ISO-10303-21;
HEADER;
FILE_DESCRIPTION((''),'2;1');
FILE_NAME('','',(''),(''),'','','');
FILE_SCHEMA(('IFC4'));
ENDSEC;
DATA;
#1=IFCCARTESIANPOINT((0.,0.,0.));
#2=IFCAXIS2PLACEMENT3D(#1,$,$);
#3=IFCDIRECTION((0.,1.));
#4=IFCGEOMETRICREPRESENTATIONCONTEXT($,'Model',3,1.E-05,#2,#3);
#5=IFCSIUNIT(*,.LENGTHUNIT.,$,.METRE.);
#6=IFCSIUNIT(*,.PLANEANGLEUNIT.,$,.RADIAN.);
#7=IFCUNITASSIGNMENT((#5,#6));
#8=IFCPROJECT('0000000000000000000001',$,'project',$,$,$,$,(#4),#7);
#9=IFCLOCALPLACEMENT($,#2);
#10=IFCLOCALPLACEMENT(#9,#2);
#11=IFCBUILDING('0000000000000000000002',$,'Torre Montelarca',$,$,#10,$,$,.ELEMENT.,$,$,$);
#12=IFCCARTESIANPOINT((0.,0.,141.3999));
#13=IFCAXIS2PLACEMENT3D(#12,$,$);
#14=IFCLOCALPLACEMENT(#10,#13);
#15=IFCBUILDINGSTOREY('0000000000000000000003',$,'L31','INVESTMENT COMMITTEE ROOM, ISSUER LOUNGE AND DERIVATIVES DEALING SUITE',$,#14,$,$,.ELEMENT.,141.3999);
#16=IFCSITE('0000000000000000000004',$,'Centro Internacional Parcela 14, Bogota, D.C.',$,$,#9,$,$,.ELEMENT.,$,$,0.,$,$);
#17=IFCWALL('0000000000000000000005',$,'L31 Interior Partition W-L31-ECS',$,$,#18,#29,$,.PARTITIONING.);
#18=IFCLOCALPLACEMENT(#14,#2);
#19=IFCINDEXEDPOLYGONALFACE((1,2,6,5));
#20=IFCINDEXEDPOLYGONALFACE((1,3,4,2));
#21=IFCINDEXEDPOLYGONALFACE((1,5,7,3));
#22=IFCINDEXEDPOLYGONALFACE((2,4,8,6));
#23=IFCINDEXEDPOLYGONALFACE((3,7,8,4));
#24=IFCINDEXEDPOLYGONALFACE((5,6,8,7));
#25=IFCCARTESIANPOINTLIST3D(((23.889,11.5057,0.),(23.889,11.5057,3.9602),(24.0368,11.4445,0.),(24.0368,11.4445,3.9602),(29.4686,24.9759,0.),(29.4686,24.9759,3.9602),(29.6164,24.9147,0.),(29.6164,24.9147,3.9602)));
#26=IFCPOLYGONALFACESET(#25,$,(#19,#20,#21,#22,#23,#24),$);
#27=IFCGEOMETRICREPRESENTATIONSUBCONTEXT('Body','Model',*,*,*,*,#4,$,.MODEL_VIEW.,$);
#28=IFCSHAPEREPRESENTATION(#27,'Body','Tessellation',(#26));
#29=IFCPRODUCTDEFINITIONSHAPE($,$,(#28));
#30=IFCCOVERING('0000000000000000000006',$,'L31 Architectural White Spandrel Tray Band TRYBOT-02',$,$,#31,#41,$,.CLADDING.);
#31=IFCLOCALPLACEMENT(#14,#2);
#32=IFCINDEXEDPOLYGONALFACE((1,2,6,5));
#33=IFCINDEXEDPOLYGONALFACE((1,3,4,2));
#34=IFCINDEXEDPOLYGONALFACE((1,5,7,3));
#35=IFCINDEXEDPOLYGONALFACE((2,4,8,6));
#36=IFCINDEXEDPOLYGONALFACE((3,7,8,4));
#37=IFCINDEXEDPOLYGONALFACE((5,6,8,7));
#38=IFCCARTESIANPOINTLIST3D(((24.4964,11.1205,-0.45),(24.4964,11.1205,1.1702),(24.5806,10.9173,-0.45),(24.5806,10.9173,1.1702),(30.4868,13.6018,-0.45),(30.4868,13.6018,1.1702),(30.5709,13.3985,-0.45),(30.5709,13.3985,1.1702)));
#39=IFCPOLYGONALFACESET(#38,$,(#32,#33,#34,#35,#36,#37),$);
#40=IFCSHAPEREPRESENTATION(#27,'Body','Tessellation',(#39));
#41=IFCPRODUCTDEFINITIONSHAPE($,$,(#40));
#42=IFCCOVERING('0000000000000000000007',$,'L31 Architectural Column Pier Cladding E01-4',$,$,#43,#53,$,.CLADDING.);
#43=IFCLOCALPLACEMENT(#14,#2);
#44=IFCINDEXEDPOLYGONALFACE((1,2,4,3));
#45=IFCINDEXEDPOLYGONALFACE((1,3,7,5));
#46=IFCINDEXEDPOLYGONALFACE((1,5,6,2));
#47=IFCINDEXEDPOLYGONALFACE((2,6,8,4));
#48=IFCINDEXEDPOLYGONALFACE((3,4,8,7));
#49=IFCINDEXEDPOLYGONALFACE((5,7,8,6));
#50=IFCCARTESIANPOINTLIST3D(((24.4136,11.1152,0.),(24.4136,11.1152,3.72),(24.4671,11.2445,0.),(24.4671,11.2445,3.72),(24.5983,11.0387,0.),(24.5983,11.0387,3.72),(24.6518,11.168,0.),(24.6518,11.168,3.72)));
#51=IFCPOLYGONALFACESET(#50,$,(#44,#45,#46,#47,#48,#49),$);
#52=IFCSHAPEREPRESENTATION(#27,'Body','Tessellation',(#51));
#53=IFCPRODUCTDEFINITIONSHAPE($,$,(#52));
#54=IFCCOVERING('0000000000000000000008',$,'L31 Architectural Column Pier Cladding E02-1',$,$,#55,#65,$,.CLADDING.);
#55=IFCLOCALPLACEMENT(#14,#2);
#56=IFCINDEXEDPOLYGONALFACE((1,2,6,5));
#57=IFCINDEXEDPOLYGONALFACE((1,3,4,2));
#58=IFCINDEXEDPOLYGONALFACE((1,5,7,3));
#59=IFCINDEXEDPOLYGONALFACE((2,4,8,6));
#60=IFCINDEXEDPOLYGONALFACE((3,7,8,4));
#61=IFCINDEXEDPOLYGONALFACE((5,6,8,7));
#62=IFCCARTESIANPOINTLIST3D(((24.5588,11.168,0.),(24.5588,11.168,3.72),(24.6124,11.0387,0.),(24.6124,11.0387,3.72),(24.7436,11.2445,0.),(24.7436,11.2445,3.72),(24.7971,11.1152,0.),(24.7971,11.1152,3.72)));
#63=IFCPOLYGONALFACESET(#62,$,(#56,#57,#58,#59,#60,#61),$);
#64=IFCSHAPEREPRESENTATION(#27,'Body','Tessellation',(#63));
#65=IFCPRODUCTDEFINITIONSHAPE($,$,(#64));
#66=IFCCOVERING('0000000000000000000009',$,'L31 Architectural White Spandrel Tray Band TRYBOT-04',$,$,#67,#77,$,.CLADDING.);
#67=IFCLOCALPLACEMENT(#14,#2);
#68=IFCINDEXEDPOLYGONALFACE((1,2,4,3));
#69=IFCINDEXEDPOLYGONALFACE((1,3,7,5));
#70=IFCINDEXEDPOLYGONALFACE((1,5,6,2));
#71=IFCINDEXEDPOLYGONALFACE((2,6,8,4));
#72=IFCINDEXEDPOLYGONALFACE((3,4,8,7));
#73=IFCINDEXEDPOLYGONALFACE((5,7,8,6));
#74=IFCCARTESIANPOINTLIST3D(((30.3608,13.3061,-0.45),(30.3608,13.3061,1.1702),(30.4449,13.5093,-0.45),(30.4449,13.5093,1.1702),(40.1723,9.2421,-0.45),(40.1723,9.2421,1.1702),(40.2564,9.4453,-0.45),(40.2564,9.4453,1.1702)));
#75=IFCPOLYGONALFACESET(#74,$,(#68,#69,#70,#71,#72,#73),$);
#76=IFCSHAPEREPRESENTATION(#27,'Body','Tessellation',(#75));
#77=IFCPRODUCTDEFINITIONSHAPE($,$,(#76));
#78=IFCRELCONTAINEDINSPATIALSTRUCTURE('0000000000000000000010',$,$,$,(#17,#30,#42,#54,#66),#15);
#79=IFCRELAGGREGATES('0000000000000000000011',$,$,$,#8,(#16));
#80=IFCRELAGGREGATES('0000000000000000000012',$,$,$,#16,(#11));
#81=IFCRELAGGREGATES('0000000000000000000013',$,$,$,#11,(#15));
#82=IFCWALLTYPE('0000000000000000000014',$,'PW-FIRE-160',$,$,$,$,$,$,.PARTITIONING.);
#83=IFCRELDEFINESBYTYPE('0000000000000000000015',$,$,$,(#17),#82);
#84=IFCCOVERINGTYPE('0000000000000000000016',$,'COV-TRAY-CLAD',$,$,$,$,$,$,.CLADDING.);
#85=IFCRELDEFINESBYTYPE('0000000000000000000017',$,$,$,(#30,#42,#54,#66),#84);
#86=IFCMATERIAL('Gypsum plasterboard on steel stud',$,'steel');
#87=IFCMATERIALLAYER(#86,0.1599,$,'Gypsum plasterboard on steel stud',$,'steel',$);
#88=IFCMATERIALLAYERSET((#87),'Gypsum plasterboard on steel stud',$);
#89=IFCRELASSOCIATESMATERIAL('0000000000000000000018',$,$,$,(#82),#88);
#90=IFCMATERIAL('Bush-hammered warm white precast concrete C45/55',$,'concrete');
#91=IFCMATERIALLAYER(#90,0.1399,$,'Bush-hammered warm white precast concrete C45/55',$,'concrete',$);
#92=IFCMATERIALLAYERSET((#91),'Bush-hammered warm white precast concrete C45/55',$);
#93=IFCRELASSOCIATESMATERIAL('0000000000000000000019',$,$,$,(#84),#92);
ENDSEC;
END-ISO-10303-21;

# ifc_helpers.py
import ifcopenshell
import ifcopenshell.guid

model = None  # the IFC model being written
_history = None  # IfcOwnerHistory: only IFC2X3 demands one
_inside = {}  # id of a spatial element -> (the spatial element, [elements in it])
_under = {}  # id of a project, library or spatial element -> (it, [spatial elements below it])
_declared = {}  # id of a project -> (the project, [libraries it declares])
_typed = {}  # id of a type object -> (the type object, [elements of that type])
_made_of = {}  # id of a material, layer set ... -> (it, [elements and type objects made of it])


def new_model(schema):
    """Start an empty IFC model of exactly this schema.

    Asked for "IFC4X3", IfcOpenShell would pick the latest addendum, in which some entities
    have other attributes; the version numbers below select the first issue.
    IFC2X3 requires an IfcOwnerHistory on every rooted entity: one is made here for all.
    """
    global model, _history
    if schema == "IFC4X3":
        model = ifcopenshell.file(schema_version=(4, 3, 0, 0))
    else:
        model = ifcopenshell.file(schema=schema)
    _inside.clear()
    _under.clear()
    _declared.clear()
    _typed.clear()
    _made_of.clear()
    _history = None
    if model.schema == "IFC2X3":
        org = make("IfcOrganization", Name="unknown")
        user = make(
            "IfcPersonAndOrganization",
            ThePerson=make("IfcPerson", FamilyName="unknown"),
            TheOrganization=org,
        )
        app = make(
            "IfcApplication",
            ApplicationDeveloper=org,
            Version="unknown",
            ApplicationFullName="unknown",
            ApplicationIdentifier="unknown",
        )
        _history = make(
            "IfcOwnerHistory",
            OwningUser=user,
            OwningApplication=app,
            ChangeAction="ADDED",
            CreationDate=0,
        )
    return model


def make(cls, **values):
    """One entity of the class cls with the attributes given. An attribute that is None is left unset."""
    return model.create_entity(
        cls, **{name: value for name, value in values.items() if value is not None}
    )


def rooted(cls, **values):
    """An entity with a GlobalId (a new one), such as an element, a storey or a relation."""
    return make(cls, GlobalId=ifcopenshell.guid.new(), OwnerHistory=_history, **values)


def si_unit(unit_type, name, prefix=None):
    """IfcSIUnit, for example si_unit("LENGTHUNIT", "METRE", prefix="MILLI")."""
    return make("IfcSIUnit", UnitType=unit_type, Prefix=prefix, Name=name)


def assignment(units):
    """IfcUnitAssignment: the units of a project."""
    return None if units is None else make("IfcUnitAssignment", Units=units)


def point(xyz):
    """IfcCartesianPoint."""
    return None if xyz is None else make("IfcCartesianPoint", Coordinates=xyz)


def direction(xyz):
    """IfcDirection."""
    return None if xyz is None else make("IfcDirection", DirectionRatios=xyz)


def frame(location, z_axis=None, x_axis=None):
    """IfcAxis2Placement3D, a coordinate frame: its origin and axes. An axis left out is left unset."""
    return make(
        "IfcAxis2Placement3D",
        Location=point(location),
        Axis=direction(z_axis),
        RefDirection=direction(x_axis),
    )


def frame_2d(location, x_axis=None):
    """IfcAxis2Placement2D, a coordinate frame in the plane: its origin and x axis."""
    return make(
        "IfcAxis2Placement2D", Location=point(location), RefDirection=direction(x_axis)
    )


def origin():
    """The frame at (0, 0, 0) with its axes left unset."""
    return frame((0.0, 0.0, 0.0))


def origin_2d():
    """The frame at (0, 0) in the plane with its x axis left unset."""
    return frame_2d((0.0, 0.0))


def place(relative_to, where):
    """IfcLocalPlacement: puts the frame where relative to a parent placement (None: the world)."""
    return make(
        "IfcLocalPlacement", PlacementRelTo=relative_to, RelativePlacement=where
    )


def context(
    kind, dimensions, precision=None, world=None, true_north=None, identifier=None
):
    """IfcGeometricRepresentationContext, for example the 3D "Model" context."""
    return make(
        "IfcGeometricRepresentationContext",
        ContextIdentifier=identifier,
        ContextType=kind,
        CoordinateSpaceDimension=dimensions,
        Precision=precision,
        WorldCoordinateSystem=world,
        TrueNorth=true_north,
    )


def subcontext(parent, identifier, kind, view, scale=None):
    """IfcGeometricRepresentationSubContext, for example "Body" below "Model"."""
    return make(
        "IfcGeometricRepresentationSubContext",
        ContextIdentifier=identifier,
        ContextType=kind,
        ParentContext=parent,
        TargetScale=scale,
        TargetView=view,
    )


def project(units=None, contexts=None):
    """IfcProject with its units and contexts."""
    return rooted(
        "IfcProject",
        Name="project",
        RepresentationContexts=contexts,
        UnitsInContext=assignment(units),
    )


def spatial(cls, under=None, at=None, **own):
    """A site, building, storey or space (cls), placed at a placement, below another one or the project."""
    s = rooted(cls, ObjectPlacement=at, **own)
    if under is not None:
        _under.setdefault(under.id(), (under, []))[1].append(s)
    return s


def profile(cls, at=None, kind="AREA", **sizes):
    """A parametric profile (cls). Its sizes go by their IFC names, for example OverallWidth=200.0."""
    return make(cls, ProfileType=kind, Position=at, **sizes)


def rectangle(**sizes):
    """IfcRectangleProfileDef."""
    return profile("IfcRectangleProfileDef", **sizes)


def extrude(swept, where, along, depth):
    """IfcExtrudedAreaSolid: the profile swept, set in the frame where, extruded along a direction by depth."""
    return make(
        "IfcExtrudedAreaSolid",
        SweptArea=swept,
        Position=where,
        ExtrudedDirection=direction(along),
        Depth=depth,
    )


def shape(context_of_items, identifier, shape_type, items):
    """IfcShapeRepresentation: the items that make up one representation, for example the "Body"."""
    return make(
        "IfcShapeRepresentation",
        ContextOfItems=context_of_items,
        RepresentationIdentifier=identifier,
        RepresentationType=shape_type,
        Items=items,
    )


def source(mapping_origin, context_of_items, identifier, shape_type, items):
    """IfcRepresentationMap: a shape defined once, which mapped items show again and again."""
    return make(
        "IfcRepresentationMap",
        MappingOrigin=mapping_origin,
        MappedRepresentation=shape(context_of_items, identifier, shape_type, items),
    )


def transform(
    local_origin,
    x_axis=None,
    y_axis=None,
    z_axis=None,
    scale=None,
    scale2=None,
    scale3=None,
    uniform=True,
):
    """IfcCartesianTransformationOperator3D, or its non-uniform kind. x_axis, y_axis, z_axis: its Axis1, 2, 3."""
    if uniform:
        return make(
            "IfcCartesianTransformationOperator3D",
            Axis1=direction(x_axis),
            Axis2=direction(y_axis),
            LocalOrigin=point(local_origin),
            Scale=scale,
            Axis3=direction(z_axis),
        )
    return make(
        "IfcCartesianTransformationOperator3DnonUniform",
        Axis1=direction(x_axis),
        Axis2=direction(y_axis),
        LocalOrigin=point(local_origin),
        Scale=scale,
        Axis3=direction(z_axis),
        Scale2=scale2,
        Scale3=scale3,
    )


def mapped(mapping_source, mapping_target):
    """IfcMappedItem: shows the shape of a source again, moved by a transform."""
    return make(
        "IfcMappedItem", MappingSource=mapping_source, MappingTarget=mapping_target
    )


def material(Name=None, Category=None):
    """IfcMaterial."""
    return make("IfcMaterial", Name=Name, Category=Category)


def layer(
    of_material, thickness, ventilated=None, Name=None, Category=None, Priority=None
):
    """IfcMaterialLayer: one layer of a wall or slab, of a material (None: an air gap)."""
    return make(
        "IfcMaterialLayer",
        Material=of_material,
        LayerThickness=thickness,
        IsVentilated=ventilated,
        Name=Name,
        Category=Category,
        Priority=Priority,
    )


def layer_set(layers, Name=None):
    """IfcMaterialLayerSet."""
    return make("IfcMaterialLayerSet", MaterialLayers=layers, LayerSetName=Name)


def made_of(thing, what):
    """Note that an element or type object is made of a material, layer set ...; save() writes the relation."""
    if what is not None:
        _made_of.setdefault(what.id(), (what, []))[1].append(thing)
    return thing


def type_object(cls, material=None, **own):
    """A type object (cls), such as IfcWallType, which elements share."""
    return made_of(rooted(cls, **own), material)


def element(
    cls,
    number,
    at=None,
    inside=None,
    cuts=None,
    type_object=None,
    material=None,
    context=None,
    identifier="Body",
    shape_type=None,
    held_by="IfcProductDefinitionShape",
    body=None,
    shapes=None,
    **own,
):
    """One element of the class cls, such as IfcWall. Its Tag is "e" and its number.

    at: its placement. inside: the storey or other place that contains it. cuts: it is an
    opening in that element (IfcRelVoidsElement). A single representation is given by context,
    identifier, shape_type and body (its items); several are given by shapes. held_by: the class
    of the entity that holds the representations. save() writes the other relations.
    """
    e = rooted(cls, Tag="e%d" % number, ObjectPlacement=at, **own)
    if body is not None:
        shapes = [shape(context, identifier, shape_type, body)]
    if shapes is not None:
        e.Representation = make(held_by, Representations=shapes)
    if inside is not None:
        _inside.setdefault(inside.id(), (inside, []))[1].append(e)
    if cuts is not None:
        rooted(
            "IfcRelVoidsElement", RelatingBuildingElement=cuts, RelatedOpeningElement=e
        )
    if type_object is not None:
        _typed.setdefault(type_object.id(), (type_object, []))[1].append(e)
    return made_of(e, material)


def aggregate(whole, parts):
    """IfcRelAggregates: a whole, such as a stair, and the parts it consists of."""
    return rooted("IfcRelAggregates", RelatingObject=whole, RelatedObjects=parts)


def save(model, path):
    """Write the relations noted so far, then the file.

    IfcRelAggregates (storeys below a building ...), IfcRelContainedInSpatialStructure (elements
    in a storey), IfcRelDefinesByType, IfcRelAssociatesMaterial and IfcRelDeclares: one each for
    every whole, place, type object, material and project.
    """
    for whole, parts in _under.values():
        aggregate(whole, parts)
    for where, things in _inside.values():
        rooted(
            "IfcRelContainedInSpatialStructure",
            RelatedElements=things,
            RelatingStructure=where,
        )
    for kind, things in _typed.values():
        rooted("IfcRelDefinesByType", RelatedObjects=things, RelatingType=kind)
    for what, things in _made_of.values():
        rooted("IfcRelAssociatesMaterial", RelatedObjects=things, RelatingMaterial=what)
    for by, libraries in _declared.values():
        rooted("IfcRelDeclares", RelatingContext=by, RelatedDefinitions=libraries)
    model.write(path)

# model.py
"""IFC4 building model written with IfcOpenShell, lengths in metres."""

from ifc_helpers import new_model, si_unit, direction, frame, frame_2d, origin, origin_2d, place, context, subcontext, project, spatial, rectangle, extrude, source, transform, mapped, material, layer, layer_set, type_object, element, save


model = new_model("IFC4")

# Units and contexts
model_context = context("Model", 3, precision=1e-05, world=origin(), true_north=direction((0.0, 1.0)))
body_context = subcontext(model_context, "Body", "Model", "MODEL_VIEW")
ifc_project = project(units=[si_unit("LENGTHUNIT", "METRE"), si_unit("PLANEANGLEUNIT", "RADIAN")], contexts=[model_context])

# Site, building, storey
site_placement = place(None, origin())
site = spatial("IfcSite", under=ifc_project, at=site_placement, Name="Centro Internacional Parcela 14, Bogota, D.C.", CompositionType="ELEMENT", RefElevation=0.0)
building_placement = place(site_placement, origin())
building = spatial("IfcBuilding", under=site, at=building_placement, Name="Torre Montelarca", CompositionType="ELEMENT")
storey_placement = place(building_placement, frame((0.0, 0.0, 141.3999)))
storey = spatial("IfcBuildingStorey", under=building, at=storey_placement, Name="L31", Description="INVESTMENT COMMITTEE ROOM, ISSUER LOUNGE AND DERIVATIVES DEALING SUITE", CompositionType="ELEMENT", Elevation=141.3999)

# Wall
ifc_material_1 = material(Name="Gypsum plasterboard on steel stud", Category="steel")
ifc_layer_1 = layer(ifc_material_1, 0.1599, Name="Gypsum plasterboard on steel stud", Category="steel")
ifc_layer_set_1 = layer_set([ifc_layer_1], Name="Gypsum plasterboard on steel stud")
wall_type = type_object("IfcWallType", Name="PW-FIRE-160", PredefinedType="PARTITIONING", material=ifc_layer_set_1)
wall_placement = place(storey_placement, frame((23.9629, 11.4751, 0.0), z_axis=(0.0, 0.0, 1.0), x_axis=(0.382686, 0.923878, 0.0)))
element("IfcWall", 1, at=wall_placement, inside=storey, type_object=wall_type, Name="L31 Interior Partition W-L31-ECS", PredefinedType="PARTITIONING", context=body_context, shape_type="SweptSolid", body=[
    extrude(rectangle(XDim=14.5801, YDim=0.1599, at=frame_2d((7.29, 0.0))), origin(), (0.0, 0.0, 1.0), 3.9602),
])

# Coverings
ifc_material_2 = material(Name="Bush-hammered warm white precast concrete C45/55", Category="concrete")
ifc_layer_2 = layer(ifc_material_2, 0.1399, Name="Bush-hammered warm white precast concrete C45/55", Category="concrete")
ifc_layer_set_2 = layer_set([ifc_layer_2], Name="Bush-hammered warm white precast concrete C45/55")
covering_type = type_object("IfcCoveringType", Name="COV-TRAY-CLAD", PredefinedType="CLADDING", material=ifc_layer_set_2)
shared_shape_1 = source(origin(), body_context, "Body", "SweptSolid", [
    extrude(rectangle(XDim=6.4839, YDim=0.22, at=origin_2d()), origin(), (0.0, 0.0, 1.0), 1.6201),
])
covering_1_placement = place(storey_placement, frame((27.5337, 12.2595, -0.45), z_axis=(0.0, 0.0, 1.0), x_axis=(0.92388, 0.382682, 0.0)))
element("IfcCovering", 2, at=covering_1_placement, inside=storey, type_object=covering_type, Name="L31 Architectural White Spandrel Tray Band TRYBOT-02", PredefinedType="CLADDING", context=body_context, shape_type="MappedRepresentation", body=[
    mapped(shared_shape_1, transform((0.0, 0.0, 0.0), scale=1.0)),
])
shared_shape_2 = source(origin(), body_context, "Body", "SweptSolid", [
    extrude(rectangle(XDim=0.2, YDim=0.1399, at=origin_2d()), origin(), (0.0, 0.0, 1.0), 3.72),
])
for number, where, z_axis, x_axis, name in (
    (3, (24.5327, 11.1416, 0.0), (0.0, 0.0, 1.0), (0.923878, -0.382687, 0.0), "L31 Architectural Column Pier Cladding E01-4"),
    (4, (24.678, 11.1416, 0.0), (0.0, 0.0, 1.0), (0.923882, 0.382677, 0.0), "L31 Architectural Column Pier Cladding E02-1"),
):
    element("IfcCovering", number, at=place(storey_placement, frame(where, z_axis=z_axis, x_axis=x_axis)), inside=storey, type_object=covering_type, Name=name, PredefinedType="CLADDING", context=body_context, shape_type="MappedRepresentation", body=[
        mapped(shared_shape_2, transform((0.0, 0.0, 0.0), scale=1.0)),
    ])
shared_shape_3 = source(origin(), body_context, "Body", "SweptSolid", [
    extrude(rectangle(XDim=10.6199, YDim=0.22, at=origin_2d()), origin(), (0.0, 0.0, 1.0), 1.6201),
])
covering_2_placement = place(storey_placement, frame((35.3086, 11.3757, -0.45), z_axis=(0.0, 0.0, 1.0), x_axis=(0.923882, -0.382679, 0.0)))
element("IfcCovering", 5, at=covering_2_placement, inside=storey, type_object=covering_type, Name="L31 Architectural White Spandrel Tray Band TRYBOT-04", PredefinedType="CLADDING", context=body_context, shape_type="MappedRepresentation", body=[
    mapped(shared_shape_3, transform((0.0, 0.0, 0.0), scale=1.0)),
])

save(model, "model.ifc")
